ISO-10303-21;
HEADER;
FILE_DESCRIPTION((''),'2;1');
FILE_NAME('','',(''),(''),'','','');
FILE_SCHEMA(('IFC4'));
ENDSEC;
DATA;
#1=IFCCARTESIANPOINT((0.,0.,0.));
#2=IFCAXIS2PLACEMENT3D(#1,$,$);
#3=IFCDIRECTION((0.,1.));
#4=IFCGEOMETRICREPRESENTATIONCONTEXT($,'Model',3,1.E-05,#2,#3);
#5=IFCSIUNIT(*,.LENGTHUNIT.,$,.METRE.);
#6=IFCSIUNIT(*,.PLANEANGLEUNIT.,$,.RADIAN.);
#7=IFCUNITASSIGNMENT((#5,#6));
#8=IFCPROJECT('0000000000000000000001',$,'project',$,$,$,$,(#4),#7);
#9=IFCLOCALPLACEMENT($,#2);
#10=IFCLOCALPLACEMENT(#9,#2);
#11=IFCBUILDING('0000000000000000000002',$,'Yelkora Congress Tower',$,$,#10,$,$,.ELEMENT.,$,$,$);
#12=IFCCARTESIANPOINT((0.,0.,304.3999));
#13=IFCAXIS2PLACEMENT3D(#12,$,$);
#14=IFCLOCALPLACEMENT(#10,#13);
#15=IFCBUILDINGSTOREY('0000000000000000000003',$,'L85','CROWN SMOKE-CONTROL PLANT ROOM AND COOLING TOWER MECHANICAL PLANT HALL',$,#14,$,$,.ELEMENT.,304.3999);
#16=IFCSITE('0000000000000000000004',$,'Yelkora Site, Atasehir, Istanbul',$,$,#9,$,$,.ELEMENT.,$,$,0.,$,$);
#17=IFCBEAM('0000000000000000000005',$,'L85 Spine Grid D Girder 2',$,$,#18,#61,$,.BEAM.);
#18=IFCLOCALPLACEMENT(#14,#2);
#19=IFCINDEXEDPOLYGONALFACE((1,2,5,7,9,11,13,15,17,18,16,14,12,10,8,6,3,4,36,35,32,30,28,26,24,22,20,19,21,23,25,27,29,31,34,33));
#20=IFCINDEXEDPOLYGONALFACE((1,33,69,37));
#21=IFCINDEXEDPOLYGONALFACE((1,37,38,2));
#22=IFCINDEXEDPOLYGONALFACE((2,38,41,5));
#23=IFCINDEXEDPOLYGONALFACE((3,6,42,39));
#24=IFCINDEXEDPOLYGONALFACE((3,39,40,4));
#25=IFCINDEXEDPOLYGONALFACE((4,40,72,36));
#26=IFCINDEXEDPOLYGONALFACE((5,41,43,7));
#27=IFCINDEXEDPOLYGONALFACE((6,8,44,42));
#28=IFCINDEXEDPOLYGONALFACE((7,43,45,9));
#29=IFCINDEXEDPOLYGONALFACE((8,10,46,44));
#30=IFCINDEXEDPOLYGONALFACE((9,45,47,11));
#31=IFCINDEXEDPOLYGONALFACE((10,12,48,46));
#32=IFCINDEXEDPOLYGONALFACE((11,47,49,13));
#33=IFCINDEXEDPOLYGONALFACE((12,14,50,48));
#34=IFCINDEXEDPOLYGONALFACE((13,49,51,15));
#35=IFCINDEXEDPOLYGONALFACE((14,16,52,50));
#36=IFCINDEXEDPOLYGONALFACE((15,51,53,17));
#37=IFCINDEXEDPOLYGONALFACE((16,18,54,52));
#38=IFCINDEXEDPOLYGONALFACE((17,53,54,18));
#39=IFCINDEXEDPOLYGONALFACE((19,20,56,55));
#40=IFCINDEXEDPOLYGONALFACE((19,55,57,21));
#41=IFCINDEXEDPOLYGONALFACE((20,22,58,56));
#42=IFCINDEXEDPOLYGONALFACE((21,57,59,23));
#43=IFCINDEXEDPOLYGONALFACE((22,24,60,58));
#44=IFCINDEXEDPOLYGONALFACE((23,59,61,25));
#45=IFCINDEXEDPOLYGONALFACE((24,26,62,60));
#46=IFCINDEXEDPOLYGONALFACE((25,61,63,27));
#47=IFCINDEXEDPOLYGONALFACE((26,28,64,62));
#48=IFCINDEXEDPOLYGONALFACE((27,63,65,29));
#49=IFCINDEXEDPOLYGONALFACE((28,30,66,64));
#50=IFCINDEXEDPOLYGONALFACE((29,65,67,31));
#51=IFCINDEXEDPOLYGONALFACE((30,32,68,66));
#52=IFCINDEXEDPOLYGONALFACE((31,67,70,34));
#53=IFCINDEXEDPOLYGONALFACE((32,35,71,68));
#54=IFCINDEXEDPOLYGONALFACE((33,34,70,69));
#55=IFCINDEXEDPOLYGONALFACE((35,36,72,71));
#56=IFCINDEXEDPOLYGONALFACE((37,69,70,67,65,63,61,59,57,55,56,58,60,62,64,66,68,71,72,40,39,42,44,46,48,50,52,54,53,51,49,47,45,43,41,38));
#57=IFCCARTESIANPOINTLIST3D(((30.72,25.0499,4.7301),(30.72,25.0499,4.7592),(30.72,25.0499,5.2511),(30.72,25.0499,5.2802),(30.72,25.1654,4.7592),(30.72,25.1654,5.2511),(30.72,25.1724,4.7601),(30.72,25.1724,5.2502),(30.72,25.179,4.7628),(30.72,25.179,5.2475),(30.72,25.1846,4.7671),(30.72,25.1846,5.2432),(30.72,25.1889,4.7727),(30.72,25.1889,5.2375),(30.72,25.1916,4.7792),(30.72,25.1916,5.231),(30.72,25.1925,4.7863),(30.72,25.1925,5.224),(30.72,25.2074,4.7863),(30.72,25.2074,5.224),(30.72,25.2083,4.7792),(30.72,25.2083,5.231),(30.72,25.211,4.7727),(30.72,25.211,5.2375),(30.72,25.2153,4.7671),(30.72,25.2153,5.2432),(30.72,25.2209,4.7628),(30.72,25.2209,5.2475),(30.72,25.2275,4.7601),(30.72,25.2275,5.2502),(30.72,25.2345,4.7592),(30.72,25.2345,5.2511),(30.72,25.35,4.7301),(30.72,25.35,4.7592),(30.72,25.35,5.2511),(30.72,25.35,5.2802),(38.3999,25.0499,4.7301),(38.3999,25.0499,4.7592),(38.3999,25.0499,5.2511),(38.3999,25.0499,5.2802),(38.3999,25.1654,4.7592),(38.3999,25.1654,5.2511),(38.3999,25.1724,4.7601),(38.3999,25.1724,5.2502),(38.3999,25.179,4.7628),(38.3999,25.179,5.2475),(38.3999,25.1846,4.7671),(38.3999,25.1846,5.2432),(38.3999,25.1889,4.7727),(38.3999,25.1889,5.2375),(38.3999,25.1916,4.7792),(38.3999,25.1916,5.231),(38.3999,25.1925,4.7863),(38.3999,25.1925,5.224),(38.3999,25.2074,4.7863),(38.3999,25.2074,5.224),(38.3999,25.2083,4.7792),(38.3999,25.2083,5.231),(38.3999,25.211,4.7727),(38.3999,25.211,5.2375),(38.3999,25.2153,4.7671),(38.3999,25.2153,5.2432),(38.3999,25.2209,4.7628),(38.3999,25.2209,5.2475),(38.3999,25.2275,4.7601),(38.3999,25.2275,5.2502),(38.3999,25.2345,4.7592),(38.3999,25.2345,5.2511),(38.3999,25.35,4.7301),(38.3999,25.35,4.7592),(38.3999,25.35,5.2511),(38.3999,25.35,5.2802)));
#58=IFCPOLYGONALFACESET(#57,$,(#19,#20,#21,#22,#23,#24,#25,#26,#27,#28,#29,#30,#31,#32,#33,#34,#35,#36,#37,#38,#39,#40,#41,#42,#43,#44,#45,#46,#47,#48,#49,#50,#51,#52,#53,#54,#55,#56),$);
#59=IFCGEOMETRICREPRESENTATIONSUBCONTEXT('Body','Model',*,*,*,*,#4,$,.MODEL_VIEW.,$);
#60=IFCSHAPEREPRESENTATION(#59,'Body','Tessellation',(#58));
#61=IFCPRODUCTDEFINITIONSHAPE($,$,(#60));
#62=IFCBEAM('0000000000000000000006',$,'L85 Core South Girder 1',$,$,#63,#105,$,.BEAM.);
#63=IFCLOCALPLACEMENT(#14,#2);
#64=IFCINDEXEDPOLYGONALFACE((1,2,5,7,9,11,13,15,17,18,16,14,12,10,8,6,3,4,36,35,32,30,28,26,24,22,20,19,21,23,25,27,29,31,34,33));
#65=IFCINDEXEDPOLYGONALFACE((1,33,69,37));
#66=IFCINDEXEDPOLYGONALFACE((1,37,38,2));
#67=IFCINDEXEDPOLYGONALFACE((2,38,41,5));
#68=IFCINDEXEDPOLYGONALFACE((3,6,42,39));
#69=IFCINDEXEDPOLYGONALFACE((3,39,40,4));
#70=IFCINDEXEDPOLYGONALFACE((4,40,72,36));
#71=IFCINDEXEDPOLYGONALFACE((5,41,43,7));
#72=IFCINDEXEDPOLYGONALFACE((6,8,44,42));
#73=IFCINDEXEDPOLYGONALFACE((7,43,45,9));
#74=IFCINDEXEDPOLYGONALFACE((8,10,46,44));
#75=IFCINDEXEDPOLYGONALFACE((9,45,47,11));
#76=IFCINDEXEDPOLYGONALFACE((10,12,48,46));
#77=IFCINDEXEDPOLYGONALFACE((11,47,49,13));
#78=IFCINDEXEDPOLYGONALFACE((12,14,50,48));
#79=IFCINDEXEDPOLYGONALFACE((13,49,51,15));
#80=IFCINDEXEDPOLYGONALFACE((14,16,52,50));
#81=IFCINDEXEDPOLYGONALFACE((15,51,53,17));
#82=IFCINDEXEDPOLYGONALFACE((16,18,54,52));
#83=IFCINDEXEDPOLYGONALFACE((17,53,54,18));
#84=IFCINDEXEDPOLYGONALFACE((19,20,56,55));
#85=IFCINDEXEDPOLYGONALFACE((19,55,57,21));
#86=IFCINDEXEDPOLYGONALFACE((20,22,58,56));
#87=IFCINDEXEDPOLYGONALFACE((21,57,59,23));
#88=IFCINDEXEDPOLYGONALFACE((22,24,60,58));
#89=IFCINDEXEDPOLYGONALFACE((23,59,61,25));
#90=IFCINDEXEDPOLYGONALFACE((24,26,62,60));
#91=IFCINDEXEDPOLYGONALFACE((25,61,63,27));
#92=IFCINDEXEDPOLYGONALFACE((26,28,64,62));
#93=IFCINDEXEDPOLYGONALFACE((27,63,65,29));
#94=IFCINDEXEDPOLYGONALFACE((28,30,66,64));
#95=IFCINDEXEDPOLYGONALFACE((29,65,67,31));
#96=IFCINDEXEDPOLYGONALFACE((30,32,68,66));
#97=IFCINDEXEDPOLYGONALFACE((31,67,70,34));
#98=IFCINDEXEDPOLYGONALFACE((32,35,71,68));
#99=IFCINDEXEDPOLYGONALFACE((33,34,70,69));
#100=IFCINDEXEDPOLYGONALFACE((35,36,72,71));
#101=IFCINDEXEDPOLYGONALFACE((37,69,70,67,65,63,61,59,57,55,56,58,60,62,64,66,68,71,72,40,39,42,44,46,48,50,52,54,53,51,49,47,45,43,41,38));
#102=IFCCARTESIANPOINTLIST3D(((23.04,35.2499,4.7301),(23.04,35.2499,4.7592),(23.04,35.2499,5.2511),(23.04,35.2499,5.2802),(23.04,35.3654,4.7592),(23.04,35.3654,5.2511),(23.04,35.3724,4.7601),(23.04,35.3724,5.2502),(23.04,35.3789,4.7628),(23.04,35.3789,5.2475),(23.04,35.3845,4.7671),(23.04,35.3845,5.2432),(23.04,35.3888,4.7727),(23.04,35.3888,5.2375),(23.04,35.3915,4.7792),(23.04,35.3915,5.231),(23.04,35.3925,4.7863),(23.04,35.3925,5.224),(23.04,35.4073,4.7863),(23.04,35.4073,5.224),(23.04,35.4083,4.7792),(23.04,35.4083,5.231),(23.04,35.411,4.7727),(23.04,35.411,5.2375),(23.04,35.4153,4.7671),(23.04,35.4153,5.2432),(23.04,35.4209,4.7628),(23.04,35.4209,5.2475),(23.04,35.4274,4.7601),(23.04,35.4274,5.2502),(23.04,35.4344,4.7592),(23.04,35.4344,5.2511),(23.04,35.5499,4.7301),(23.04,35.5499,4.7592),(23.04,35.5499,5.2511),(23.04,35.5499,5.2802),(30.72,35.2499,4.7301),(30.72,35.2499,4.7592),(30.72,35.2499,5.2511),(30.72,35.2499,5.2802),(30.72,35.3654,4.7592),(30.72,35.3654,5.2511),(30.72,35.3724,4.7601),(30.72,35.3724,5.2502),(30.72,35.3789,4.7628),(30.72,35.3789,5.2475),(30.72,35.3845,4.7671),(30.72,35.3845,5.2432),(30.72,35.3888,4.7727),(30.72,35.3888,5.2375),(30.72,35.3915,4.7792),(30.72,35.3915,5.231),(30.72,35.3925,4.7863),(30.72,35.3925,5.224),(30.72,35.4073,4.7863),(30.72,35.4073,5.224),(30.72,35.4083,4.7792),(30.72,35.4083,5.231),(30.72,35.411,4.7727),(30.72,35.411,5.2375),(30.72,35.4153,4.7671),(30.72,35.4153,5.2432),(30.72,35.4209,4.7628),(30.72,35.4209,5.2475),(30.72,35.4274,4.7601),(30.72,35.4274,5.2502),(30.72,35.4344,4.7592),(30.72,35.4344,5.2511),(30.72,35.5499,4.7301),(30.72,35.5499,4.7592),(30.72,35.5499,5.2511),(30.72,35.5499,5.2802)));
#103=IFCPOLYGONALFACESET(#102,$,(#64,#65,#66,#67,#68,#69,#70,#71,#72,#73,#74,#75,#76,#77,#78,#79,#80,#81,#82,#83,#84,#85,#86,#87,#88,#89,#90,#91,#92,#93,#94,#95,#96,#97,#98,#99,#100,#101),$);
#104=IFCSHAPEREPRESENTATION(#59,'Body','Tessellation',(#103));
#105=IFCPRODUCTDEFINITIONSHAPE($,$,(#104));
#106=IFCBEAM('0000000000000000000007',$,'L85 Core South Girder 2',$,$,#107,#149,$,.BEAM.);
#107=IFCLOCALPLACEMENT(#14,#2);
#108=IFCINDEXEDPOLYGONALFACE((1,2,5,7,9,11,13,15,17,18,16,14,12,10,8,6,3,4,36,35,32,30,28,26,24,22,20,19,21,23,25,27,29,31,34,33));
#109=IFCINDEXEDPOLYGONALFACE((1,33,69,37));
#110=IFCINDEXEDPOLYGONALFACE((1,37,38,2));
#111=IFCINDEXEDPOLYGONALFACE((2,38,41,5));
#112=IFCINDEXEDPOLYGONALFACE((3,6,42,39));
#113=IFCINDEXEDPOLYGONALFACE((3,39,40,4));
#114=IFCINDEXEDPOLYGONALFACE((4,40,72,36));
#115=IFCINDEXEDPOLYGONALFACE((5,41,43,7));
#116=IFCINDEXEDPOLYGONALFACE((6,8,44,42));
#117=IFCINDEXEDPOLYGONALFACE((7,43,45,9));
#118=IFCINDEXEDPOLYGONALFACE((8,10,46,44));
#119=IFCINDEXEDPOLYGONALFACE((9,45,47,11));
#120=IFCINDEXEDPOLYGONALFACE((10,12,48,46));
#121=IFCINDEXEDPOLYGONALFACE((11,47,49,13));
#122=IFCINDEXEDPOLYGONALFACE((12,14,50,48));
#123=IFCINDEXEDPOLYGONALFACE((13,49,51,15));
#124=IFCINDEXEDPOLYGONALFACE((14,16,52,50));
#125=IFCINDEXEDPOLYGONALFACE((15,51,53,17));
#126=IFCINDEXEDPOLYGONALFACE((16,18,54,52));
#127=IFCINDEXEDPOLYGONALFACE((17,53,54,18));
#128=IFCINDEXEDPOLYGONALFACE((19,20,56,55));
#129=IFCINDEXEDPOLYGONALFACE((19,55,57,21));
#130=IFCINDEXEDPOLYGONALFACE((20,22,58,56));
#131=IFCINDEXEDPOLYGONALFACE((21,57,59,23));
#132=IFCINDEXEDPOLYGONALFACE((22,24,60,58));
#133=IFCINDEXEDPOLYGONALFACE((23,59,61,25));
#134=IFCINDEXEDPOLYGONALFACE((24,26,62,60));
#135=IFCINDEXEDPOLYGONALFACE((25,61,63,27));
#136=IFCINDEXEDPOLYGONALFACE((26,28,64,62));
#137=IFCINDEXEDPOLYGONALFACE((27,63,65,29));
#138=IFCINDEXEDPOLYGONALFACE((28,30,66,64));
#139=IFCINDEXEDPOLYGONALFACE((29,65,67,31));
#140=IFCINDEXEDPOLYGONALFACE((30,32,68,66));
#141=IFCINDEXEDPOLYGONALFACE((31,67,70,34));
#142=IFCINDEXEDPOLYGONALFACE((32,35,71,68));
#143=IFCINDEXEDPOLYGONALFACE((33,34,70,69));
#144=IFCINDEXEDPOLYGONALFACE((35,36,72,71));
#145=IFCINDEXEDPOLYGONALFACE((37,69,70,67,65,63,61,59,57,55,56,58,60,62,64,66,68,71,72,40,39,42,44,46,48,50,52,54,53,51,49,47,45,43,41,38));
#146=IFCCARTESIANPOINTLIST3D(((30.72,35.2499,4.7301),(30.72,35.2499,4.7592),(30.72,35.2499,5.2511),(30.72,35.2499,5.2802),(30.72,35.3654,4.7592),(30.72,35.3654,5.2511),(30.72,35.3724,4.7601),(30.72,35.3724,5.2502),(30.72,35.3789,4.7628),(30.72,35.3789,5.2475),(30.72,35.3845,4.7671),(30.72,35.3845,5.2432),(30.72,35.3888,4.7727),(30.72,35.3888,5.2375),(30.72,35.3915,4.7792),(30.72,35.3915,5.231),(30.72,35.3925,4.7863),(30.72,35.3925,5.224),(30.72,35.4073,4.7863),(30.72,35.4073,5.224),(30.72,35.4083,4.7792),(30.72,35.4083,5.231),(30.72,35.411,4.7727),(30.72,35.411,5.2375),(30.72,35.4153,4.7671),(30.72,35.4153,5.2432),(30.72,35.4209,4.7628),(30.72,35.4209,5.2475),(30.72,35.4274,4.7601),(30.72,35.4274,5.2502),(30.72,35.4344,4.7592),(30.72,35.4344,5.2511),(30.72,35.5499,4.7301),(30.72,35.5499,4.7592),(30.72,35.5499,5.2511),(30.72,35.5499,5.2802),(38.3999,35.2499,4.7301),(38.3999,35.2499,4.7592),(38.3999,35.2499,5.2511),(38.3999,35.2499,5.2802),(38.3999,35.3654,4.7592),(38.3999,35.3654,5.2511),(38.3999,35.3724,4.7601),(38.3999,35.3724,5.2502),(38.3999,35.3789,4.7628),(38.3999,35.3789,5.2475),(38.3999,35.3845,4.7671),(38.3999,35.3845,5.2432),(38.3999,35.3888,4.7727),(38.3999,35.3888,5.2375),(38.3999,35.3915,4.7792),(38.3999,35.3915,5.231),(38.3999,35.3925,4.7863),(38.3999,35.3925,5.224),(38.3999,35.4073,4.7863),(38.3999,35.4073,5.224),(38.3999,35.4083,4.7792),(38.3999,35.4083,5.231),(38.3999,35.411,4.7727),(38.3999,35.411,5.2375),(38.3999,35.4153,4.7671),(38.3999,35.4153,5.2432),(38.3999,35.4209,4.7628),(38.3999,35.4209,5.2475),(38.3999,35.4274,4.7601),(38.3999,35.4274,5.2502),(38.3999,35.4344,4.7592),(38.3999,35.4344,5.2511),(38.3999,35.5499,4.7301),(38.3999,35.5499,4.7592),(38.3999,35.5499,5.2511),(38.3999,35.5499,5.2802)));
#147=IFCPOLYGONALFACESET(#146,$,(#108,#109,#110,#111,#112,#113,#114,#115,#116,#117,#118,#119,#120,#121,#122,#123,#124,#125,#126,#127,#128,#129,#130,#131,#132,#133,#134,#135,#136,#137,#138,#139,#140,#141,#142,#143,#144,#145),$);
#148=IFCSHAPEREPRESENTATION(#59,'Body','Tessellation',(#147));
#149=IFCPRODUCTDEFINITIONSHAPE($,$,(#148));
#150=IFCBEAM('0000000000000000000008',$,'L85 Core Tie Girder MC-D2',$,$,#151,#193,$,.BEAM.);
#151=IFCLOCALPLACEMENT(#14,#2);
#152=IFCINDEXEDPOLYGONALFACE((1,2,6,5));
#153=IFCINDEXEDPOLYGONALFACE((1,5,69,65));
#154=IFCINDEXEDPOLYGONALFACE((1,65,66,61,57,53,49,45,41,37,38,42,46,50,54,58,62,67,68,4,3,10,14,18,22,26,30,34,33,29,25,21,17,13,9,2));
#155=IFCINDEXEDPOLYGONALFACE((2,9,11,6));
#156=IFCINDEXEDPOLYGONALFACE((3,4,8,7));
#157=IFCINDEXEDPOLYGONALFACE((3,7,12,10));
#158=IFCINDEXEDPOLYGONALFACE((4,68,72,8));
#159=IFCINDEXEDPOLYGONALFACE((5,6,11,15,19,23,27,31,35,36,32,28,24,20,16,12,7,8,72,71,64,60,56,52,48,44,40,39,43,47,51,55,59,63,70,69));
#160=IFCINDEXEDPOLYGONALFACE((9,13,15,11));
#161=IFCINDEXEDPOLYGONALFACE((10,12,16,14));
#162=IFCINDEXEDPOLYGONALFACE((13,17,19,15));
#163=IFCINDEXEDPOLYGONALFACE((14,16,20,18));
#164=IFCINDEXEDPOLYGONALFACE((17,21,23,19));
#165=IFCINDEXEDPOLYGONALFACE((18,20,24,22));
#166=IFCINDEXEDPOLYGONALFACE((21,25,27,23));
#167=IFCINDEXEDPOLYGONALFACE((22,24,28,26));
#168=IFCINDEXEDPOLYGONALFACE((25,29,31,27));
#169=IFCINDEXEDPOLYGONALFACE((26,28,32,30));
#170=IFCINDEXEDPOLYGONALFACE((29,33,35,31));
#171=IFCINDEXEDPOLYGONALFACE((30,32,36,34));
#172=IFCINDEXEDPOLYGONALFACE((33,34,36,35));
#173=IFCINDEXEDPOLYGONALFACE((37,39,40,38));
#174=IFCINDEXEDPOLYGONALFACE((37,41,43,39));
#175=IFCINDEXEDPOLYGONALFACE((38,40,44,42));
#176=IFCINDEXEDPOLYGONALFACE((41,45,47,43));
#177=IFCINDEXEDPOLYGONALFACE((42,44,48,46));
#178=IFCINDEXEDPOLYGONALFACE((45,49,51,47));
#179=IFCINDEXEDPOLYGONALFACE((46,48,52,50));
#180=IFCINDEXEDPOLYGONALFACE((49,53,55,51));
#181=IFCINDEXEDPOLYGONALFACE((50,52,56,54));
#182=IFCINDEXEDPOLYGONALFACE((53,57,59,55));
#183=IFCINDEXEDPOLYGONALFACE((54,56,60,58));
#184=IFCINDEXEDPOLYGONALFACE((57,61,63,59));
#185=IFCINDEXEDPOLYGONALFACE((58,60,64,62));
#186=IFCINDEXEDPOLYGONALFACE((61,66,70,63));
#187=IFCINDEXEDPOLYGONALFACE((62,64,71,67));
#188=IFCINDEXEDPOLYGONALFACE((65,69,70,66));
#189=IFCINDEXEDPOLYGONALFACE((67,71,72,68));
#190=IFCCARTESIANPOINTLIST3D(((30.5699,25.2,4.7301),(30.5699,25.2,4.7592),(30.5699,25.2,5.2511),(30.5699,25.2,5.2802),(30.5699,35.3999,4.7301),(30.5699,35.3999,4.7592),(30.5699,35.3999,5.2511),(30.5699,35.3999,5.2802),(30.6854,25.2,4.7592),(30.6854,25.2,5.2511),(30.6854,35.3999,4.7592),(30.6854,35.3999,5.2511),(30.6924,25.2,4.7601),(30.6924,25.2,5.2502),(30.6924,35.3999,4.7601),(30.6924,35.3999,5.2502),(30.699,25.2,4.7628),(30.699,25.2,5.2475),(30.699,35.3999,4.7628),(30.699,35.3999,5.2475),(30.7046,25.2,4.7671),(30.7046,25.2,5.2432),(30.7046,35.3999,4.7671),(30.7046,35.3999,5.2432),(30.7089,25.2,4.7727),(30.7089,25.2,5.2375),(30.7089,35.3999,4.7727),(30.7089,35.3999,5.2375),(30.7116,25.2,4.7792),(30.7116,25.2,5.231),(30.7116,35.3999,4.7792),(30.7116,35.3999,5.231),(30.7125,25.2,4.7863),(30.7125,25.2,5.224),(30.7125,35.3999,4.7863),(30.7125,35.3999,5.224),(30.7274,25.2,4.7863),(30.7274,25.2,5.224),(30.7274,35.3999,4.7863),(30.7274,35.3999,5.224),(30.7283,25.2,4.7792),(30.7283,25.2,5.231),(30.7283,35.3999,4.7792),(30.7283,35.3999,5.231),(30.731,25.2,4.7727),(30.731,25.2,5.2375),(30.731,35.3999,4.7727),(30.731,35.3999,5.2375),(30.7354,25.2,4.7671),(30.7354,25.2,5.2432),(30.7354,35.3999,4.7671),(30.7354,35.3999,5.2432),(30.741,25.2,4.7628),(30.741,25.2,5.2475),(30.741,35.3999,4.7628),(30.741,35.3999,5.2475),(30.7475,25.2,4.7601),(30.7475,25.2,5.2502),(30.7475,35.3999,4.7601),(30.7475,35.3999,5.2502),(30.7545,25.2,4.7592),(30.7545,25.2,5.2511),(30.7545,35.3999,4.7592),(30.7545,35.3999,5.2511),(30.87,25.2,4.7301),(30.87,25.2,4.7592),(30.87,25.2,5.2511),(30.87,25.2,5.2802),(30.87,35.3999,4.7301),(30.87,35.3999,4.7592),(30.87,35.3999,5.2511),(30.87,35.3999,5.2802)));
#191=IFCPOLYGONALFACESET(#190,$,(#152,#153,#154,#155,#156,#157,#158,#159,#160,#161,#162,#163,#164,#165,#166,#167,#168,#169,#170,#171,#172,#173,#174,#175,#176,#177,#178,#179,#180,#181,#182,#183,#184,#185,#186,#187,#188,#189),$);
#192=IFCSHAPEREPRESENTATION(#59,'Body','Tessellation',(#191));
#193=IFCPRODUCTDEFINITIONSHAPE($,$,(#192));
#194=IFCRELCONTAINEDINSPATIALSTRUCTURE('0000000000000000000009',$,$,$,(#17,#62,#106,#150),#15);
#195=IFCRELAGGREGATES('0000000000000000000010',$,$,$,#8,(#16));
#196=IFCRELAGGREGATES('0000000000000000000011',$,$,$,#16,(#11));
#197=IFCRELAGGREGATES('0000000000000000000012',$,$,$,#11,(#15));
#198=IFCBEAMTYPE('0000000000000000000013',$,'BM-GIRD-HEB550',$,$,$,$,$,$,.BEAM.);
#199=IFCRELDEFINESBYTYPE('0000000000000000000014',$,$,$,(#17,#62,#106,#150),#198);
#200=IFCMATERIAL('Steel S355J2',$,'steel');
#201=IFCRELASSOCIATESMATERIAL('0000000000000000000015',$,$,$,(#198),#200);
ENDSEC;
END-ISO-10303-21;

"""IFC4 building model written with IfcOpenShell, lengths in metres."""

from ifc_helpers import new_model, si_unit, direction, frame, origin, origin_2d, place, context, subcontext, project, spatial, i_section, extrude, material, material_profile, profile_set, type_object, element, save


model = new_model("IFC4")

# Units and contexts
model_context = context("Model", 3, precision=1e-05, world=origin(), true_north=direction((0.0, 1.0)))
body_context = subcontext(model_context, "Body", "Model", "MODEL_VIEW")
ifc_project = project(units=[si_unit("LENGTHUNIT", "METRE"), si_unit("PLANEANGLEUNIT", "RADIAN")], contexts=[model_context])

# Site, building, storey
site_placement = place(None, origin())
site = spatial("IfcSite", under=ifc_project, at=site_placement, Name="Yelkora Site, Atasehir, Istanbul", CompositionType="ELEMENT", RefElevation=0.0)
building_placement = place(site_placement, origin())
building = spatial("IfcBuilding", under=site, at=building_placement, Name="Yelkora Congress Tower", CompositionType="ELEMENT")
storey_placement = place(building_placement, frame((0.0, 0.0, 304.3999)))
storey = spatial("IfcBuildingStorey", under=building, at=storey_placement, Name="L85", Description="CROWN SMOKE-CONTROL PLANT ROOM AND COOLING TOWER MECHANICAL PLANT HALL", CompositionType="ELEMENT", Elevation=304.3999)

# Shared definitions
ifc_material_1 = material(Name="Steel S355J2", Category="steel")

# Beams
ifc_material_profile_1 = material_profile(ifc_material_1, i_section(OverallWidth=0.3, OverallDepth=0.55, WebThickness=0.0149, FlangeThickness=0.0291, FilletRadius=0.0271, at=origin_2d()), Name="HEB 550")
ifc_profile_set_1 = profile_set([ifc_material_profile_1], Name="Steel S355J2")
beam_type_1 = type_object("IfcBeamType", Name="BM-GIRD-HEB550", PredefinedType="BEAM", material=ifc_profile_set_1)
for number, where, z_axis, x_axis, name in (
    (1, (30.72, 25.2, 5.0051), (1.0, 0.0, 0.0), (0.0, 1.0, 0.0), "L85 Spine Grid D Girder 2"),
    (2, (23.04, 35.3999, 5.0051), (1.0, 0.0, 0.0), (0.0, 1.0, 0.0), "L85 Core South Girder 1"),
    (3, (30.72, 35.3999, 5.0051), (1.0, 0.0, 0.0), (0.0, 1.0, 0.0), "L85 Core South Girder 2"),
):
    element("IfcBeam", number, at=place(storey_placement, frame(where, z_axis=z_axis, x_axis=x_axis)), inside=storey, type_object=beam_type_1, Name=name, PredefinedType="BEAM", context=body_context, shape_type="SweptSolid", body=[
        extrude(i_section(OverallWidth=0.3, OverallDepth=0.55, WebThickness=0.0149, FlangeThickness=0.0291, FilletRadius=0.0271, at=origin_2d()), origin(), (0.0, 0.0, 1.0), 7.6799),
    ])
beam_1_placement = place(storey_placement, frame((30.72, 25.2, 5.0051), z_axis=(0.0, 1.0, 0.0), x_axis=(-1.0, 0.0, 0.0)))
element("IfcBeam", 4, at=beam_1_placement, inside=storey, type_object=beam_type_1, Name="L85 Core Tie Girder MC-D2", PredefinedType="BEAM", context=body_context, shape_type="SweptSolid", body=[
    extrude(i_section(OverallWidth=0.3, OverallDepth=0.55, WebThickness=0.0149, FlangeThickness=0.0291, FilletRadius=0.0271, at=origin_2d()), origin(), (0.0, 0.0, 1.0), 10.2),
])

save(model, "model.ifc")
